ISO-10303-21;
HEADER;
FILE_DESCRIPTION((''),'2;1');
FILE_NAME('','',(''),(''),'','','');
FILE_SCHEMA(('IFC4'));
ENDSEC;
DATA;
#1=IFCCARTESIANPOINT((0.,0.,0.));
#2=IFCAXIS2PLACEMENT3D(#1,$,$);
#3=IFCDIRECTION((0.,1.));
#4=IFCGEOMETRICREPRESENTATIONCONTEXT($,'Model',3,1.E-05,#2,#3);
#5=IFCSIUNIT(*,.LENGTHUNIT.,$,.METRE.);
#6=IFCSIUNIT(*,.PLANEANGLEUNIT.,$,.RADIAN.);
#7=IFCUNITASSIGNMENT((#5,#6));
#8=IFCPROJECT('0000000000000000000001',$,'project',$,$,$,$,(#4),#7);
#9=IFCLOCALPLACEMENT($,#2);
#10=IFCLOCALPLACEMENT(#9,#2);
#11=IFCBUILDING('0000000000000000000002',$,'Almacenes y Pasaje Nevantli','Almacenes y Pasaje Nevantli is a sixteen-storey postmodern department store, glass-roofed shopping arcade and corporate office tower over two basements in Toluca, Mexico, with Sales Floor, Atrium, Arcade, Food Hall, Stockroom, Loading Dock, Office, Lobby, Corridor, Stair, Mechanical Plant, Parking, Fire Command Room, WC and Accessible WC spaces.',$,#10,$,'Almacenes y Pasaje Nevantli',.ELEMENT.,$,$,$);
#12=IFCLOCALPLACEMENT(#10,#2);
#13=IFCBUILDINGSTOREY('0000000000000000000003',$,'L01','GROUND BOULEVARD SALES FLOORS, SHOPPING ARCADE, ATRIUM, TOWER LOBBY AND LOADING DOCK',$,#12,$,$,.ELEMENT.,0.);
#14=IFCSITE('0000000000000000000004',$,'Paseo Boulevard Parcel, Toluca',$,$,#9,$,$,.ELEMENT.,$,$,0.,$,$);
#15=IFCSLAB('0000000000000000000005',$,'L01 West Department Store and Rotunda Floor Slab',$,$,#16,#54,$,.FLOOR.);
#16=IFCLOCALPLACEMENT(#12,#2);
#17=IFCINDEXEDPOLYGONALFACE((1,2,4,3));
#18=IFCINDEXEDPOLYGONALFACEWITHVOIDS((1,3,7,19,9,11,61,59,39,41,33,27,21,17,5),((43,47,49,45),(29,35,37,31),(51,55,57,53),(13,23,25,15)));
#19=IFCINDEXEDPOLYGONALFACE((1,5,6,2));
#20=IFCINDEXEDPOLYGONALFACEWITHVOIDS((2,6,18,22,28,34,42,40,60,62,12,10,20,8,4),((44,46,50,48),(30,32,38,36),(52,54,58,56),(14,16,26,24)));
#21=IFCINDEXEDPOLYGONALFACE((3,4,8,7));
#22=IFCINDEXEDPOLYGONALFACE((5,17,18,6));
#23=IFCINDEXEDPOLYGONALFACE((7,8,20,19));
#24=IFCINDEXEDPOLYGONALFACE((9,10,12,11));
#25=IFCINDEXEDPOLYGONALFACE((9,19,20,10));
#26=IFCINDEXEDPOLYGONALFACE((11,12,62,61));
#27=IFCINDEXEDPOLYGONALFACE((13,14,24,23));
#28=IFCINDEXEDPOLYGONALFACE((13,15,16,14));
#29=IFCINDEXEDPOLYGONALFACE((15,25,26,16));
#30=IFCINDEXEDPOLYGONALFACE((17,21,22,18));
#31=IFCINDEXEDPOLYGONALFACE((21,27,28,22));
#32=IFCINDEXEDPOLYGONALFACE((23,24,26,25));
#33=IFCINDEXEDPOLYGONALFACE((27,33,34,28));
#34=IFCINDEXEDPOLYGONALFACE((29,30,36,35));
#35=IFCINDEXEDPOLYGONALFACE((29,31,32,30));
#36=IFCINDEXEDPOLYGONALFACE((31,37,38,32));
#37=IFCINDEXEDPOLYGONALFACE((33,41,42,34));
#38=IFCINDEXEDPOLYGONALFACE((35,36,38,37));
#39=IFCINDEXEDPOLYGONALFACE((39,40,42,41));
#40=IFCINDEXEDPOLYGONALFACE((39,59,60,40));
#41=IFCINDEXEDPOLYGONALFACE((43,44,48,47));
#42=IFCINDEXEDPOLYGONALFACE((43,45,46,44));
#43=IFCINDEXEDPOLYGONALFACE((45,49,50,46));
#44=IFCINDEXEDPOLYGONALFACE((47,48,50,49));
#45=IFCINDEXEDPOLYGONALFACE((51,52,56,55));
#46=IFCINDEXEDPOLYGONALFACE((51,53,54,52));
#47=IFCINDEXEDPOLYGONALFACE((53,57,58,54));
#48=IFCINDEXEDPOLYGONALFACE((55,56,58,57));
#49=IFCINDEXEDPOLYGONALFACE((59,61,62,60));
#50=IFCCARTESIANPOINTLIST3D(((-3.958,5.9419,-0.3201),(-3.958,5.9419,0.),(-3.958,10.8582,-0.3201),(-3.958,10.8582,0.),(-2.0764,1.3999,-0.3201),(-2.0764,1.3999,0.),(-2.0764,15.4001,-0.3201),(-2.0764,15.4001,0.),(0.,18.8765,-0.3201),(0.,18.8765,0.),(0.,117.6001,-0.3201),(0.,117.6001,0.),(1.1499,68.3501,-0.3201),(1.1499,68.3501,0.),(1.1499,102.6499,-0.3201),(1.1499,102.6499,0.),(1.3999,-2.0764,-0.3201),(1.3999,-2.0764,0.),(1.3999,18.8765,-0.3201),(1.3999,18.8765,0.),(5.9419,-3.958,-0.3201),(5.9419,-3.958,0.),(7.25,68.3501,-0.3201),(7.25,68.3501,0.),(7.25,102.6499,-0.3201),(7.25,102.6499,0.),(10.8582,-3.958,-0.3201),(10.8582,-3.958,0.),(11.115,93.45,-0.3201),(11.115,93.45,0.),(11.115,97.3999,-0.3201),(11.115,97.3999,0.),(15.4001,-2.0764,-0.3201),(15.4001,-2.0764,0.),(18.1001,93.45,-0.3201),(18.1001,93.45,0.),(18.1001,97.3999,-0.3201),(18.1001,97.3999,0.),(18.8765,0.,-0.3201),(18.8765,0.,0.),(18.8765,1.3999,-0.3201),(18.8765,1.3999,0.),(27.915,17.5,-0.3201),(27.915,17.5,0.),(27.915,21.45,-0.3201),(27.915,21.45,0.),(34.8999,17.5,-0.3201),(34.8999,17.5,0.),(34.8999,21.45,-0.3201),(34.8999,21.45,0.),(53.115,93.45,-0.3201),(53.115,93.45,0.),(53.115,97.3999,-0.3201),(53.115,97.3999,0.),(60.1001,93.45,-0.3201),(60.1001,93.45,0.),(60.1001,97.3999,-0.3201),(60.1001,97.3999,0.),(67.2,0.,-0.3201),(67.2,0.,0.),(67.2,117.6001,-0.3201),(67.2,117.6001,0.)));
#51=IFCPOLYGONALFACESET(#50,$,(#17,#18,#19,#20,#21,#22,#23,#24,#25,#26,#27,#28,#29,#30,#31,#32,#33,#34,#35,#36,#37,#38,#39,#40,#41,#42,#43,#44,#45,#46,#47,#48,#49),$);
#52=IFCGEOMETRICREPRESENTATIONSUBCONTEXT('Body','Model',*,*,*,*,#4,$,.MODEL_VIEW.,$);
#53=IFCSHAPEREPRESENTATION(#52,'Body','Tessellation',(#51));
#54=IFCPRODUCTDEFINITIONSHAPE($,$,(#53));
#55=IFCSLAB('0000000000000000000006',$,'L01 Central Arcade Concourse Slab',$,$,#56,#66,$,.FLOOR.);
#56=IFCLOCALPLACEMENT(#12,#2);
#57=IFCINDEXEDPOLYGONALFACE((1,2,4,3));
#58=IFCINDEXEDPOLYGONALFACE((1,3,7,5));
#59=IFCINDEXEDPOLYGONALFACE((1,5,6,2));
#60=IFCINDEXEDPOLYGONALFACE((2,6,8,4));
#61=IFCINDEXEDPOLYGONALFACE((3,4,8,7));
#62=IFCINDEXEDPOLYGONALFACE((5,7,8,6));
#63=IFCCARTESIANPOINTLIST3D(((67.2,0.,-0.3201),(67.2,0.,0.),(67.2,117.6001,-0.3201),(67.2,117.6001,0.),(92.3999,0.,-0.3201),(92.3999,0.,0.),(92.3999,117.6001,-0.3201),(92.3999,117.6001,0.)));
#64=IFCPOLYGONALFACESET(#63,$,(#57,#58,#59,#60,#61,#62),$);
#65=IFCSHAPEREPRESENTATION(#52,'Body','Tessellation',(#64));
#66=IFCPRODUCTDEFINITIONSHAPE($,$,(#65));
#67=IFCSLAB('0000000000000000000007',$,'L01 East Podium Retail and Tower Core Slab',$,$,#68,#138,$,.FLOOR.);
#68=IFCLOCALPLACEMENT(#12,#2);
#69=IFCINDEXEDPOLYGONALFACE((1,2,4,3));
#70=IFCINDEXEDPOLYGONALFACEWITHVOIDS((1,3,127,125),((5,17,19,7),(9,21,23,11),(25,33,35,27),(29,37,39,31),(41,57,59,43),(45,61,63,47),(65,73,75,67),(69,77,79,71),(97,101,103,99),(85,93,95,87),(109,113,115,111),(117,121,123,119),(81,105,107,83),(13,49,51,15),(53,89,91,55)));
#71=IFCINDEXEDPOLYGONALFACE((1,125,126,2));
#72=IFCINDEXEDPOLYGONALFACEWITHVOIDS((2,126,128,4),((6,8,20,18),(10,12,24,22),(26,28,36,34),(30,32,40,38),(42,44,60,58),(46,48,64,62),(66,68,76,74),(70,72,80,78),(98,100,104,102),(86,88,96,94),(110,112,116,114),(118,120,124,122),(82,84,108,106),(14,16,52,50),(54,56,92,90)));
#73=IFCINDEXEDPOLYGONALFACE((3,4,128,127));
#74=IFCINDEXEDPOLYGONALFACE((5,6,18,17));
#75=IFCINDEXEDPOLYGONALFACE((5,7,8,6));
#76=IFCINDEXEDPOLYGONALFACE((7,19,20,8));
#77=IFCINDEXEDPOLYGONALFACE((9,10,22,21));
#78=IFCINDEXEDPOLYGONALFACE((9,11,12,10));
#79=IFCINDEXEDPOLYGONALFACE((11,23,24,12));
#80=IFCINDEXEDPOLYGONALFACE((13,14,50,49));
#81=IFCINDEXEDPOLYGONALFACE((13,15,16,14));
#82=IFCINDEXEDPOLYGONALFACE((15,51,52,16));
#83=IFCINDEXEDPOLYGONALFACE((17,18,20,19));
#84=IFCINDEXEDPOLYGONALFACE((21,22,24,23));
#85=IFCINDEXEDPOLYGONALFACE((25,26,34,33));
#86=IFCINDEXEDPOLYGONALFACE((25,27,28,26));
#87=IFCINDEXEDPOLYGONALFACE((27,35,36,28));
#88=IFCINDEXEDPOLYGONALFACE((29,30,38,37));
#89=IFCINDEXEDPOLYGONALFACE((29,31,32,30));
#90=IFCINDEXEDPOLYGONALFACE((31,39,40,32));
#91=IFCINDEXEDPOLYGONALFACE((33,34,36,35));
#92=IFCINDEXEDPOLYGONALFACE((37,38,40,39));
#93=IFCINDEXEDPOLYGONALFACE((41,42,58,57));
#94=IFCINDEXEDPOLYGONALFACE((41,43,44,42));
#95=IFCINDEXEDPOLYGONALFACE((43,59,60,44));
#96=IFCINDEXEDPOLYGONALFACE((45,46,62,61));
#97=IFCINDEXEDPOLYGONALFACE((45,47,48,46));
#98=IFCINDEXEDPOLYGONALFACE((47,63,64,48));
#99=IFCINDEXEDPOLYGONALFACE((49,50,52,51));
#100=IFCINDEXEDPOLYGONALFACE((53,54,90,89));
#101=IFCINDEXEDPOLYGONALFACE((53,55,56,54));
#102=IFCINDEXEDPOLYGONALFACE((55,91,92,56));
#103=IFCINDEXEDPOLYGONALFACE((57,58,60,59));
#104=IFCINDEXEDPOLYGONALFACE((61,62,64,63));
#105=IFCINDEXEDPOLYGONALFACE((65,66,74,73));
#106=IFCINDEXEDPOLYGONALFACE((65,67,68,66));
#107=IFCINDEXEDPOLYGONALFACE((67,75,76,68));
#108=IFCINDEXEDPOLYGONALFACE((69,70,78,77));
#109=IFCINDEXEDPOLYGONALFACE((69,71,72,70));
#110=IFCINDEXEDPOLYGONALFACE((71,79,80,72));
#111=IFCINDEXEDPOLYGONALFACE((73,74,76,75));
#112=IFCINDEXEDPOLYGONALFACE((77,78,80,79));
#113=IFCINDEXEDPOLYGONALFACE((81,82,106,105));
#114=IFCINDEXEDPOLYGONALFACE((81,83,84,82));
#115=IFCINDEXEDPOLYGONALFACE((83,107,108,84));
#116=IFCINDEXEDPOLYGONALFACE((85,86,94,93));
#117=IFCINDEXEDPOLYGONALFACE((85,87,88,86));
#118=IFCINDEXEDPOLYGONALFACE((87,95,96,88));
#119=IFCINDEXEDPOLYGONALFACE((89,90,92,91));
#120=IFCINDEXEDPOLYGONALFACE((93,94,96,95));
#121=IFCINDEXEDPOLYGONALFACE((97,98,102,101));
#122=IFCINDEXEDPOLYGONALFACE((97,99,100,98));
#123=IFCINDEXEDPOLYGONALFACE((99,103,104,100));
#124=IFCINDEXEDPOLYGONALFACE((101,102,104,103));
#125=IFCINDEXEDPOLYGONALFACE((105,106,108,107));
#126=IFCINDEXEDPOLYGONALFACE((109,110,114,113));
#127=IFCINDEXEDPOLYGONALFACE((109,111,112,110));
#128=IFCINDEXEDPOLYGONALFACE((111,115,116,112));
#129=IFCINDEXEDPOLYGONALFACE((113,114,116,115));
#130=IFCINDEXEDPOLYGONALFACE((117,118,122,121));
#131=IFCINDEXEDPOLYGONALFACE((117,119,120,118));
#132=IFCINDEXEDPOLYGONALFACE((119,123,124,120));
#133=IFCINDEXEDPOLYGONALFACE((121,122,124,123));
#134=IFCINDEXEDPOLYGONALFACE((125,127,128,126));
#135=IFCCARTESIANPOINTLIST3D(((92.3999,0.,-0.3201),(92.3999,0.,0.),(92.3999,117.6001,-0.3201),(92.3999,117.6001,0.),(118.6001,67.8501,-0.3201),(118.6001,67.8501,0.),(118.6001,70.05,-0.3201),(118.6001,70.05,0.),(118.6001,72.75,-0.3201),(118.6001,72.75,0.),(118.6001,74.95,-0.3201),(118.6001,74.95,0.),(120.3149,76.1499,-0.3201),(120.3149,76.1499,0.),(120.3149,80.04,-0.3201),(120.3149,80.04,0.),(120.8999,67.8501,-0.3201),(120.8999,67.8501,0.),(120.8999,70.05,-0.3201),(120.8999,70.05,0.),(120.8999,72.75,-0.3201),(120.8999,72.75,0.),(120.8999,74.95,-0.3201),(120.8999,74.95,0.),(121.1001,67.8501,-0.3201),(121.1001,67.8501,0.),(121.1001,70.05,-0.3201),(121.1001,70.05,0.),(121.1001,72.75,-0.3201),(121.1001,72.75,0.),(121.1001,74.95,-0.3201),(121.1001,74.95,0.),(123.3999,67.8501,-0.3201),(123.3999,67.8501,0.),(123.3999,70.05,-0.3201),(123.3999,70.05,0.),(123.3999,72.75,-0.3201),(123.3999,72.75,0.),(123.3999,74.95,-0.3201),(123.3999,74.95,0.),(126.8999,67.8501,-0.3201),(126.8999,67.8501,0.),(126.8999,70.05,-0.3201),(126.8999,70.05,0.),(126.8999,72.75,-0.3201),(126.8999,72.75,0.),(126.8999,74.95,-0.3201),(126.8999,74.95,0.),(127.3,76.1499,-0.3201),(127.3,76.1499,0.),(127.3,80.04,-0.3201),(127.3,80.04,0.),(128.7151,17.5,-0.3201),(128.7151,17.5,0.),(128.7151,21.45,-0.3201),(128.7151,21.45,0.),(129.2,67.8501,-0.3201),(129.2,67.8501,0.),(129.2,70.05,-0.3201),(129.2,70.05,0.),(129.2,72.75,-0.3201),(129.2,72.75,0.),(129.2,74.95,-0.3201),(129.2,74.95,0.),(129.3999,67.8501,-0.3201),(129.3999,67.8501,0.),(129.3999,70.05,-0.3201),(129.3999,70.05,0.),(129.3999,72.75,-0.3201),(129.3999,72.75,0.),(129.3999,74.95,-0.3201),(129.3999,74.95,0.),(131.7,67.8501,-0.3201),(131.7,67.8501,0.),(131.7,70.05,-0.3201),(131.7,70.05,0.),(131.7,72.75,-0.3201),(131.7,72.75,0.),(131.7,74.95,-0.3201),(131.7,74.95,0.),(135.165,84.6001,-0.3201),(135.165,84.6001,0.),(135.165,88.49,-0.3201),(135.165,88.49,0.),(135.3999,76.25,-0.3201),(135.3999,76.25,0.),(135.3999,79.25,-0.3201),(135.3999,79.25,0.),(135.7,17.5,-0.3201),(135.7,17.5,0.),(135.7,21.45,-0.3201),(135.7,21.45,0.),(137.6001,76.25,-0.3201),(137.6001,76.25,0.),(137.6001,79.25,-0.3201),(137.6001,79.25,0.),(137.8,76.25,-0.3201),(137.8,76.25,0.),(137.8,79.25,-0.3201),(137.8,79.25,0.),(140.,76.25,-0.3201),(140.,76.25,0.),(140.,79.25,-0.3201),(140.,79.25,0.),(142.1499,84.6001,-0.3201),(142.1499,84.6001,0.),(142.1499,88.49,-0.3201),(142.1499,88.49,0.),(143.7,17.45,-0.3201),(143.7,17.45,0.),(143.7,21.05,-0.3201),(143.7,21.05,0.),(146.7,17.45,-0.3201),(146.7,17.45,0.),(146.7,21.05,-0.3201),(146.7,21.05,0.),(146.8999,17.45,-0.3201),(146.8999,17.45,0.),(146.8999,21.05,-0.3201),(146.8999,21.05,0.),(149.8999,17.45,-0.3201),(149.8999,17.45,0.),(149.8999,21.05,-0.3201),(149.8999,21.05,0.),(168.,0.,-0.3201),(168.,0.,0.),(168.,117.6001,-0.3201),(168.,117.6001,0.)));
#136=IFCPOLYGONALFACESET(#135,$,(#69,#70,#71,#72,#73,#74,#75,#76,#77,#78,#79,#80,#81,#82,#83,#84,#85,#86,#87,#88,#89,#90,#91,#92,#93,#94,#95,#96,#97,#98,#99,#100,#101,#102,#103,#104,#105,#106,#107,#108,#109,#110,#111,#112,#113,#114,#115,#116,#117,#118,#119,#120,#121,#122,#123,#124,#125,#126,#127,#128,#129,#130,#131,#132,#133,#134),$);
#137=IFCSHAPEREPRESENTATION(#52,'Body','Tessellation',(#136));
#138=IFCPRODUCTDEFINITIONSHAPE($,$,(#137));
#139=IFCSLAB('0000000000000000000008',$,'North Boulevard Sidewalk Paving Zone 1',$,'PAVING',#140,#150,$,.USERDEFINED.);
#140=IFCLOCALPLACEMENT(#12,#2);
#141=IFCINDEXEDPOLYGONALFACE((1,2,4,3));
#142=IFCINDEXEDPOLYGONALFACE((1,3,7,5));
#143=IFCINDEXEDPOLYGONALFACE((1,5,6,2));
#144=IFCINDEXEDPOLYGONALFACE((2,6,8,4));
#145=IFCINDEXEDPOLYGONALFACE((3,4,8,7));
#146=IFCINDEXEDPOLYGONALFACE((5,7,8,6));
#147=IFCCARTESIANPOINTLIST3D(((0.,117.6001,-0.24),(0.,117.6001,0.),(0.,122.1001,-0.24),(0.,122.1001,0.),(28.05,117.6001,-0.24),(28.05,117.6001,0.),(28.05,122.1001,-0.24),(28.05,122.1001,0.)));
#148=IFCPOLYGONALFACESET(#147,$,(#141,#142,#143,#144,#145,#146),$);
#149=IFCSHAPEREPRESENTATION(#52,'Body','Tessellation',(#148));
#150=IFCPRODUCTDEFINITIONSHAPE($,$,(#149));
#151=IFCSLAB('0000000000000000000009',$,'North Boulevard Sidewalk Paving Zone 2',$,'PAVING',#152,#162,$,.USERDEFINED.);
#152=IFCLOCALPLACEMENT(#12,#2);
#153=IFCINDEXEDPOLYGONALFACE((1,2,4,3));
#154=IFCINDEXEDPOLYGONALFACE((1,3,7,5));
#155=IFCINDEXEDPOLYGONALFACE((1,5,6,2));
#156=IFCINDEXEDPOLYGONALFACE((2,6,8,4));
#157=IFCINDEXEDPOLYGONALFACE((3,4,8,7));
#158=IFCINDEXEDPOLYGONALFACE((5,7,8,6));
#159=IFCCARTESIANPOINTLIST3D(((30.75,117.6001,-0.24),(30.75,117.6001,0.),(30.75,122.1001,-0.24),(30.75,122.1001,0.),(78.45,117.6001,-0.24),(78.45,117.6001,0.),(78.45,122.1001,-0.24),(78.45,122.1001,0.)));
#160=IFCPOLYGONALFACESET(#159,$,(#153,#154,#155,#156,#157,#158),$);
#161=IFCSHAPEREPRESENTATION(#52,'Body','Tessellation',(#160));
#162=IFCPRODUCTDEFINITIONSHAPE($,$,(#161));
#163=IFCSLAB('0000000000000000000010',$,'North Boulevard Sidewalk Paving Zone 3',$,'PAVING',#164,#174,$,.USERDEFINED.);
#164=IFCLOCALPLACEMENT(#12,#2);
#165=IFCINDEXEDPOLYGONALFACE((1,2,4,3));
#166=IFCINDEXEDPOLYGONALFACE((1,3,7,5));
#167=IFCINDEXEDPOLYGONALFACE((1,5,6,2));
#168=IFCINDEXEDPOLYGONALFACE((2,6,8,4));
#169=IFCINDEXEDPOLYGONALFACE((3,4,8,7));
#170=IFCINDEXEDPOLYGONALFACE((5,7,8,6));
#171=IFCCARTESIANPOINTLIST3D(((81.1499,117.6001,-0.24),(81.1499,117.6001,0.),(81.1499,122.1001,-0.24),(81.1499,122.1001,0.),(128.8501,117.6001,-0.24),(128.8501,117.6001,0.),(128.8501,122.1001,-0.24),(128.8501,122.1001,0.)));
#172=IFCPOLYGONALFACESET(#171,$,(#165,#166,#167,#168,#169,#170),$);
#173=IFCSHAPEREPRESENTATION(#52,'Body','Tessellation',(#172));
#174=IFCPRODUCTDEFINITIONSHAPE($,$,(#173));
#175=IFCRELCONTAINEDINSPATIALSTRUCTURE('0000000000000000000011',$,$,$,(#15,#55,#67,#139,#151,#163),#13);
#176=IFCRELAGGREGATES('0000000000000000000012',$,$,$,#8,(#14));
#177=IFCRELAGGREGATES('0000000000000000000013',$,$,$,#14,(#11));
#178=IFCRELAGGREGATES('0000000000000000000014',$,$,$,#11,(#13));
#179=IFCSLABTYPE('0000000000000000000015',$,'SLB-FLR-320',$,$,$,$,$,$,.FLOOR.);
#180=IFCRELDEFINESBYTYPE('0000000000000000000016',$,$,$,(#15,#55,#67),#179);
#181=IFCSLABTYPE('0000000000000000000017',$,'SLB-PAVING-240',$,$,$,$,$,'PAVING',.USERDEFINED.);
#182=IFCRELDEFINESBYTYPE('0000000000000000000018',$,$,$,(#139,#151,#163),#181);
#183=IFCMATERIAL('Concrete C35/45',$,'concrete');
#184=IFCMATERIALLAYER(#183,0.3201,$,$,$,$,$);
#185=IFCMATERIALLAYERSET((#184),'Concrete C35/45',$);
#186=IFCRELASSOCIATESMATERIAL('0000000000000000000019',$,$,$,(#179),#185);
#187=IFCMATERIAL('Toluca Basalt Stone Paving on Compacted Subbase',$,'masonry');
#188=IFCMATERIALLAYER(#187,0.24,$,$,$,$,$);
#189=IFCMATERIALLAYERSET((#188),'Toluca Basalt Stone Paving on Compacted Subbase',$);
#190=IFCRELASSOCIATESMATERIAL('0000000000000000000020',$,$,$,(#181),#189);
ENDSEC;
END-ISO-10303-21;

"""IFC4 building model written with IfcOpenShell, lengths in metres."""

from ifc_helpers import new_model, si_unit, direction, frame, origin, place, context, subcontext, project, spatial, polyline, outline, extrude, material, layer, layer_set, type_object, element, save


model = new_model("IFC4")

# Units and contexts
model_context = context("Model", 3, precision=1e-05, world=origin(), true_north=direction((0.0, 1.0)))
body_context = subcontext(model_context, "Body", "Model", "MODEL_VIEW")
ifc_project = project(units=[si_unit("LENGTHUNIT", "METRE"), si_unit("PLANEANGLEUNIT", "RADIAN")], contexts=[model_context])

# Site, building, storey
site_placement = place(None, origin())
site = spatial("IfcSite", under=ifc_project, at=site_placement, Name="Paseo Boulevard Parcel, Toluca", CompositionType="ELEMENT", RefElevation=0.0)
building_placement = place(site_placement, origin())
building = spatial("IfcBuilding", under=site, at=building_placement, Name="Almacenes y Pasaje Nevantli", Description="Almacenes y Pasaje Nevantli is a sixteen-storey postmodern department store, glass-roofed shopping arcade and corporate office tower over two basements in Toluca, Mexico, with Sales Floor, Atrium, Arcade, Food Hall, Stockroom, Loading Dock, Office, Lobby, Corridor, Stair, Mechanical Plant, Parking, Fire Command Room, WC and Accessible WC spaces.", LongName="Almacenes y Pasaje Nevantli", CompositionType="ELEMENT")
storey_placement = place(building_placement, origin())
storey = spatial("IfcBuildingStorey", under=building, at=storey_placement, Name="L01", Description="GROUND BOULEVARD SALES FLOORS, SHOPPING ARCADE, ATRIUM, TOWER LOBBY AND LOADING DOCK", CompositionType="ELEMENT", Elevation=0.0)

# Slabs
ifc_material_1 = material(Name="Concrete C35/45", Category="concrete")
ifc_layer_1 = layer(ifc_material_1, 0.3201)
ifc_layer_set_1 = layer_set([ifc_layer_1], Name="Concrete C35/45")
slab_type_1 = type_object("IfcSlabType", Name="SLB-FLR-320", PredefinedType="FLOOR", material=ifc_layer_set_1)
slab_1_placement = place(storey_placement, frame((0.0, 0.0, -0.3201)))
element("IfcSlab", 1, at=slab_1_placement, inside=storey, type_object=slab_type_1, Name="L01 West Department Store and Rotunda Floor Slab", PredefinedType="FLOOR", context=body_context, shape_type="SweptSolid", body=[
    extrude(outline(polyline([(18.8765, 0.0), (67.2, 0.0), (67.2, 117.6001), (0.0, 117.6001), (0.0, 18.8765), (1.3999, 18.8765), (-2.0764, 15.4001), (-3.958, 10.8582), (-3.958, 5.9419), (-2.0764, 1.3999), (1.3999, -2.0764), (5.9419, -3.958), (10.8582, -3.958), (15.4001, -2.0764), (18.8765, 1.3999), (18.8765, 0.0)]), holes=[polyline([(11.115, 93.45), (18.1001, 93.45), (18.1001, 97.3999), (11.115, 97.3999), (11.115, 93.45)]), polyline([(27.915, 17.5), (34.8999, 17.5), (34.8999, 21.45), (27.915, 21.45), (27.915, 17.5)]), polyline([(53.115, 93.45), (60.1001, 93.45), (60.1001, 97.3999), (53.115, 97.3999), (53.115, 93.45)]), polyline([(1.1499, 68.3501), (7.25, 68.3501), (7.25, 102.6499), (1.1499, 102.6499), (1.1499, 68.3501)])]), origin(), (0.0, 0.0, 1.0), 0.3201),
])
slab_2_placement = place(storey_placement, frame((0.0, 0.0, -0.3201)))
element("IfcSlab", 2, at=slab_2_placement, inside=storey, type_object=slab_type_1, Name="L01 Central Arcade Concourse Slab", PredefinedType="FLOOR", context=body_context, shape_type="SweptSolid", body=[
    extrude(outline(polyline([(67.2, 0.0), (92.3999, 0.0), (92.3999, 117.6001), (67.2, 117.6001), (67.2, 0.0)])), origin(), (0.0, 0.0, 1.0), 0.3201),
])
slab_3_placement = place(storey_placement, frame((0.0, 0.0, -0.3201)))
element("IfcSlab", 3, at=slab_3_placement, inside=storey, type_object=slab_type_1, Name="L01 East Podium Retail and Tower Core Slab", PredefinedType="FLOOR", context=body_context, shape_type="SweptSolid", body=[
    extrude(outline(polyline([(92.3999, 0.0), (168.0, 0.0), (168.0, 117.6001), (92.3999, 117.6001), (92.3999, 0.0)]), holes=[polyline([(120.3149, 76.1499), (127.3, 76.1499), (127.3, 80.04), (120.3149, 80.04), (120.3149, 76.1499)]), polyline([(135.165, 84.6001), (142.1499, 84.6001), (142.1499, 88.49), (135.165, 88.49), (135.165, 84.6001)]), polyline([(128.7151, 17.5), (135.7, 17.5), (135.7, 21.45), (128.7151, 21.45), (128.7151, 17.5)]), polyline([(126.8999, 67.8501), (129.2, 67.8501), (129.2, 70.05), (126.8999, 70.05), (126.8999, 67.8501)]), polyline([(129.3999, 67.8501), (131.7, 67.8501), (131.7, 70.05), (129.3999, 70.05), (129.3999, 67.8501)]), polyline([(126.8999, 72.75), (129.2, 72.75), (129.2, 74.95), (126.8999, 74.95), (126.8999, 72.75)]), polyline([(129.3999, 72.75), (131.7, 72.75), (131.7, 74.95), (129.3999, 74.95), (129.3999, 72.75)]), polyline([(118.6001, 67.8501), (120.8999, 67.8501), (120.8999, 70.05), (118.6001, 70.05), (118.6001, 67.8501)]), polyline([(121.1001, 67.8501), (123.3999, 67.8501), (123.3999, 70.05), (121.1001, 70.05), (121.1001, 67.8501)]), polyline([(118.6001, 72.75), (120.8999, 72.75), (120.8999, 74.95), (118.6001, 74.95), (118.6001, 72.75)]), polyline([(121.1001, 72.75), (123.3999, 72.75), (123.3999, 74.95), (121.1001, 74.95), (121.1001, 72.75)]), polyline([(135.3999, 76.25), (137.6001, 76.25), (137.6001, 79.25), (135.3999, 79.25), (135.3999, 76.25)]), polyline([(137.8, 76.25), (140.0, 76.25), (140.0, 79.25), (137.8, 79.25), (137.8, 76.25)]), polyline([(143.7, 17.45), (146.7, 17.45), (146.7, 21.05), (143.7, 21.05), (143.7, 17.45)]), polyline([(146.8999, 17.45), (149.8999, 17.45), (149.8999, 21.05), (146.8999, 21.05), (146.8999, 17.45)])]), origin(), (0.0, 0.0, 1.0), 0.3201),
])
ifc_material_2 = material(Name="Toluca Basalt Stone Paving on Compacted Subbase", Category="masonry")
ifc_layer_2 = layer(ifc_material_2, 0.24)
ifc_layer_set_2 = layer_set([ifc_layer_2], Name="Toluca Basalt Stone Paving on Compacted Subbase")
slab_type_2 = type_object("IfcSlabType", Name="SLB-PAVING-240", ElementType="PAVING", PredefinedType="USERDEFINED", material=ifc_layer_set_2)
slab_4_placement = place(storey_placement, frame((0.0, 0.0, -0.24)))
element("IfcSlab", 4, at=slab_4_placement, inside=storey, type_object=slab_type_2, Name="North Boulevard Sidewalk Paving Zone 1", ObjectType="PAVING", PredefinedType="USERDEFINED", context=body_context, shape_type="SweptSolid", body=[
    extrude(outline(polyline([(0.0, 117.6001), (28.05, 117.6001), (28.05, 122.1001), (0.0, 122.1001), (0.0, 117.6001)])), origin(), (0.0, 0.0, 1.0), 0.24),
])
slab_5_placement = place(storey_placement, frame((0.0, 0.0, -0.24)))
element("IfcSlab", 5, at=slab_5_placement, inside=storey, type_object=slab_type_2, Name="North Boulevard Sidewalk Paving Zone 2", ObjectType="PAVING", PredefinedType="USERDEFINED", context=body_context, shape_type="SweptSolid", body=[
    extrude(outline(polyline([(30.75, 117.6001), (78.45, 117.6001), (78.45, 122.1001), (30.75, 122.1001), (30.75, 117.6001)])), origin(), (0.0, 0.0, 1.0), 0.24),
])
slab_6_placement = place(storey_placement, frame((0.0, 0.0, -0.24)))
element("IfcSlab", 6, at=slab_6_placement, inside=storey, type_object=slab_type_2, Name="North Boulevard Sidewalk Paving Zone 3", ObjectType="PAVING", PredefinedType="USERDEFINED", context=body_context, shape_type="SweptSolid", body=[
    extrude(outline(polyline([(81.1499, 117.6001), (128.8501, 117.6001), (128.8501, 122.1001), (81.1499, 122.1001), (81.1499, 117.6001)])), origin(), (0.0, 0.0, 1.0), 0.24),
])

save(model, "model.ifc")
